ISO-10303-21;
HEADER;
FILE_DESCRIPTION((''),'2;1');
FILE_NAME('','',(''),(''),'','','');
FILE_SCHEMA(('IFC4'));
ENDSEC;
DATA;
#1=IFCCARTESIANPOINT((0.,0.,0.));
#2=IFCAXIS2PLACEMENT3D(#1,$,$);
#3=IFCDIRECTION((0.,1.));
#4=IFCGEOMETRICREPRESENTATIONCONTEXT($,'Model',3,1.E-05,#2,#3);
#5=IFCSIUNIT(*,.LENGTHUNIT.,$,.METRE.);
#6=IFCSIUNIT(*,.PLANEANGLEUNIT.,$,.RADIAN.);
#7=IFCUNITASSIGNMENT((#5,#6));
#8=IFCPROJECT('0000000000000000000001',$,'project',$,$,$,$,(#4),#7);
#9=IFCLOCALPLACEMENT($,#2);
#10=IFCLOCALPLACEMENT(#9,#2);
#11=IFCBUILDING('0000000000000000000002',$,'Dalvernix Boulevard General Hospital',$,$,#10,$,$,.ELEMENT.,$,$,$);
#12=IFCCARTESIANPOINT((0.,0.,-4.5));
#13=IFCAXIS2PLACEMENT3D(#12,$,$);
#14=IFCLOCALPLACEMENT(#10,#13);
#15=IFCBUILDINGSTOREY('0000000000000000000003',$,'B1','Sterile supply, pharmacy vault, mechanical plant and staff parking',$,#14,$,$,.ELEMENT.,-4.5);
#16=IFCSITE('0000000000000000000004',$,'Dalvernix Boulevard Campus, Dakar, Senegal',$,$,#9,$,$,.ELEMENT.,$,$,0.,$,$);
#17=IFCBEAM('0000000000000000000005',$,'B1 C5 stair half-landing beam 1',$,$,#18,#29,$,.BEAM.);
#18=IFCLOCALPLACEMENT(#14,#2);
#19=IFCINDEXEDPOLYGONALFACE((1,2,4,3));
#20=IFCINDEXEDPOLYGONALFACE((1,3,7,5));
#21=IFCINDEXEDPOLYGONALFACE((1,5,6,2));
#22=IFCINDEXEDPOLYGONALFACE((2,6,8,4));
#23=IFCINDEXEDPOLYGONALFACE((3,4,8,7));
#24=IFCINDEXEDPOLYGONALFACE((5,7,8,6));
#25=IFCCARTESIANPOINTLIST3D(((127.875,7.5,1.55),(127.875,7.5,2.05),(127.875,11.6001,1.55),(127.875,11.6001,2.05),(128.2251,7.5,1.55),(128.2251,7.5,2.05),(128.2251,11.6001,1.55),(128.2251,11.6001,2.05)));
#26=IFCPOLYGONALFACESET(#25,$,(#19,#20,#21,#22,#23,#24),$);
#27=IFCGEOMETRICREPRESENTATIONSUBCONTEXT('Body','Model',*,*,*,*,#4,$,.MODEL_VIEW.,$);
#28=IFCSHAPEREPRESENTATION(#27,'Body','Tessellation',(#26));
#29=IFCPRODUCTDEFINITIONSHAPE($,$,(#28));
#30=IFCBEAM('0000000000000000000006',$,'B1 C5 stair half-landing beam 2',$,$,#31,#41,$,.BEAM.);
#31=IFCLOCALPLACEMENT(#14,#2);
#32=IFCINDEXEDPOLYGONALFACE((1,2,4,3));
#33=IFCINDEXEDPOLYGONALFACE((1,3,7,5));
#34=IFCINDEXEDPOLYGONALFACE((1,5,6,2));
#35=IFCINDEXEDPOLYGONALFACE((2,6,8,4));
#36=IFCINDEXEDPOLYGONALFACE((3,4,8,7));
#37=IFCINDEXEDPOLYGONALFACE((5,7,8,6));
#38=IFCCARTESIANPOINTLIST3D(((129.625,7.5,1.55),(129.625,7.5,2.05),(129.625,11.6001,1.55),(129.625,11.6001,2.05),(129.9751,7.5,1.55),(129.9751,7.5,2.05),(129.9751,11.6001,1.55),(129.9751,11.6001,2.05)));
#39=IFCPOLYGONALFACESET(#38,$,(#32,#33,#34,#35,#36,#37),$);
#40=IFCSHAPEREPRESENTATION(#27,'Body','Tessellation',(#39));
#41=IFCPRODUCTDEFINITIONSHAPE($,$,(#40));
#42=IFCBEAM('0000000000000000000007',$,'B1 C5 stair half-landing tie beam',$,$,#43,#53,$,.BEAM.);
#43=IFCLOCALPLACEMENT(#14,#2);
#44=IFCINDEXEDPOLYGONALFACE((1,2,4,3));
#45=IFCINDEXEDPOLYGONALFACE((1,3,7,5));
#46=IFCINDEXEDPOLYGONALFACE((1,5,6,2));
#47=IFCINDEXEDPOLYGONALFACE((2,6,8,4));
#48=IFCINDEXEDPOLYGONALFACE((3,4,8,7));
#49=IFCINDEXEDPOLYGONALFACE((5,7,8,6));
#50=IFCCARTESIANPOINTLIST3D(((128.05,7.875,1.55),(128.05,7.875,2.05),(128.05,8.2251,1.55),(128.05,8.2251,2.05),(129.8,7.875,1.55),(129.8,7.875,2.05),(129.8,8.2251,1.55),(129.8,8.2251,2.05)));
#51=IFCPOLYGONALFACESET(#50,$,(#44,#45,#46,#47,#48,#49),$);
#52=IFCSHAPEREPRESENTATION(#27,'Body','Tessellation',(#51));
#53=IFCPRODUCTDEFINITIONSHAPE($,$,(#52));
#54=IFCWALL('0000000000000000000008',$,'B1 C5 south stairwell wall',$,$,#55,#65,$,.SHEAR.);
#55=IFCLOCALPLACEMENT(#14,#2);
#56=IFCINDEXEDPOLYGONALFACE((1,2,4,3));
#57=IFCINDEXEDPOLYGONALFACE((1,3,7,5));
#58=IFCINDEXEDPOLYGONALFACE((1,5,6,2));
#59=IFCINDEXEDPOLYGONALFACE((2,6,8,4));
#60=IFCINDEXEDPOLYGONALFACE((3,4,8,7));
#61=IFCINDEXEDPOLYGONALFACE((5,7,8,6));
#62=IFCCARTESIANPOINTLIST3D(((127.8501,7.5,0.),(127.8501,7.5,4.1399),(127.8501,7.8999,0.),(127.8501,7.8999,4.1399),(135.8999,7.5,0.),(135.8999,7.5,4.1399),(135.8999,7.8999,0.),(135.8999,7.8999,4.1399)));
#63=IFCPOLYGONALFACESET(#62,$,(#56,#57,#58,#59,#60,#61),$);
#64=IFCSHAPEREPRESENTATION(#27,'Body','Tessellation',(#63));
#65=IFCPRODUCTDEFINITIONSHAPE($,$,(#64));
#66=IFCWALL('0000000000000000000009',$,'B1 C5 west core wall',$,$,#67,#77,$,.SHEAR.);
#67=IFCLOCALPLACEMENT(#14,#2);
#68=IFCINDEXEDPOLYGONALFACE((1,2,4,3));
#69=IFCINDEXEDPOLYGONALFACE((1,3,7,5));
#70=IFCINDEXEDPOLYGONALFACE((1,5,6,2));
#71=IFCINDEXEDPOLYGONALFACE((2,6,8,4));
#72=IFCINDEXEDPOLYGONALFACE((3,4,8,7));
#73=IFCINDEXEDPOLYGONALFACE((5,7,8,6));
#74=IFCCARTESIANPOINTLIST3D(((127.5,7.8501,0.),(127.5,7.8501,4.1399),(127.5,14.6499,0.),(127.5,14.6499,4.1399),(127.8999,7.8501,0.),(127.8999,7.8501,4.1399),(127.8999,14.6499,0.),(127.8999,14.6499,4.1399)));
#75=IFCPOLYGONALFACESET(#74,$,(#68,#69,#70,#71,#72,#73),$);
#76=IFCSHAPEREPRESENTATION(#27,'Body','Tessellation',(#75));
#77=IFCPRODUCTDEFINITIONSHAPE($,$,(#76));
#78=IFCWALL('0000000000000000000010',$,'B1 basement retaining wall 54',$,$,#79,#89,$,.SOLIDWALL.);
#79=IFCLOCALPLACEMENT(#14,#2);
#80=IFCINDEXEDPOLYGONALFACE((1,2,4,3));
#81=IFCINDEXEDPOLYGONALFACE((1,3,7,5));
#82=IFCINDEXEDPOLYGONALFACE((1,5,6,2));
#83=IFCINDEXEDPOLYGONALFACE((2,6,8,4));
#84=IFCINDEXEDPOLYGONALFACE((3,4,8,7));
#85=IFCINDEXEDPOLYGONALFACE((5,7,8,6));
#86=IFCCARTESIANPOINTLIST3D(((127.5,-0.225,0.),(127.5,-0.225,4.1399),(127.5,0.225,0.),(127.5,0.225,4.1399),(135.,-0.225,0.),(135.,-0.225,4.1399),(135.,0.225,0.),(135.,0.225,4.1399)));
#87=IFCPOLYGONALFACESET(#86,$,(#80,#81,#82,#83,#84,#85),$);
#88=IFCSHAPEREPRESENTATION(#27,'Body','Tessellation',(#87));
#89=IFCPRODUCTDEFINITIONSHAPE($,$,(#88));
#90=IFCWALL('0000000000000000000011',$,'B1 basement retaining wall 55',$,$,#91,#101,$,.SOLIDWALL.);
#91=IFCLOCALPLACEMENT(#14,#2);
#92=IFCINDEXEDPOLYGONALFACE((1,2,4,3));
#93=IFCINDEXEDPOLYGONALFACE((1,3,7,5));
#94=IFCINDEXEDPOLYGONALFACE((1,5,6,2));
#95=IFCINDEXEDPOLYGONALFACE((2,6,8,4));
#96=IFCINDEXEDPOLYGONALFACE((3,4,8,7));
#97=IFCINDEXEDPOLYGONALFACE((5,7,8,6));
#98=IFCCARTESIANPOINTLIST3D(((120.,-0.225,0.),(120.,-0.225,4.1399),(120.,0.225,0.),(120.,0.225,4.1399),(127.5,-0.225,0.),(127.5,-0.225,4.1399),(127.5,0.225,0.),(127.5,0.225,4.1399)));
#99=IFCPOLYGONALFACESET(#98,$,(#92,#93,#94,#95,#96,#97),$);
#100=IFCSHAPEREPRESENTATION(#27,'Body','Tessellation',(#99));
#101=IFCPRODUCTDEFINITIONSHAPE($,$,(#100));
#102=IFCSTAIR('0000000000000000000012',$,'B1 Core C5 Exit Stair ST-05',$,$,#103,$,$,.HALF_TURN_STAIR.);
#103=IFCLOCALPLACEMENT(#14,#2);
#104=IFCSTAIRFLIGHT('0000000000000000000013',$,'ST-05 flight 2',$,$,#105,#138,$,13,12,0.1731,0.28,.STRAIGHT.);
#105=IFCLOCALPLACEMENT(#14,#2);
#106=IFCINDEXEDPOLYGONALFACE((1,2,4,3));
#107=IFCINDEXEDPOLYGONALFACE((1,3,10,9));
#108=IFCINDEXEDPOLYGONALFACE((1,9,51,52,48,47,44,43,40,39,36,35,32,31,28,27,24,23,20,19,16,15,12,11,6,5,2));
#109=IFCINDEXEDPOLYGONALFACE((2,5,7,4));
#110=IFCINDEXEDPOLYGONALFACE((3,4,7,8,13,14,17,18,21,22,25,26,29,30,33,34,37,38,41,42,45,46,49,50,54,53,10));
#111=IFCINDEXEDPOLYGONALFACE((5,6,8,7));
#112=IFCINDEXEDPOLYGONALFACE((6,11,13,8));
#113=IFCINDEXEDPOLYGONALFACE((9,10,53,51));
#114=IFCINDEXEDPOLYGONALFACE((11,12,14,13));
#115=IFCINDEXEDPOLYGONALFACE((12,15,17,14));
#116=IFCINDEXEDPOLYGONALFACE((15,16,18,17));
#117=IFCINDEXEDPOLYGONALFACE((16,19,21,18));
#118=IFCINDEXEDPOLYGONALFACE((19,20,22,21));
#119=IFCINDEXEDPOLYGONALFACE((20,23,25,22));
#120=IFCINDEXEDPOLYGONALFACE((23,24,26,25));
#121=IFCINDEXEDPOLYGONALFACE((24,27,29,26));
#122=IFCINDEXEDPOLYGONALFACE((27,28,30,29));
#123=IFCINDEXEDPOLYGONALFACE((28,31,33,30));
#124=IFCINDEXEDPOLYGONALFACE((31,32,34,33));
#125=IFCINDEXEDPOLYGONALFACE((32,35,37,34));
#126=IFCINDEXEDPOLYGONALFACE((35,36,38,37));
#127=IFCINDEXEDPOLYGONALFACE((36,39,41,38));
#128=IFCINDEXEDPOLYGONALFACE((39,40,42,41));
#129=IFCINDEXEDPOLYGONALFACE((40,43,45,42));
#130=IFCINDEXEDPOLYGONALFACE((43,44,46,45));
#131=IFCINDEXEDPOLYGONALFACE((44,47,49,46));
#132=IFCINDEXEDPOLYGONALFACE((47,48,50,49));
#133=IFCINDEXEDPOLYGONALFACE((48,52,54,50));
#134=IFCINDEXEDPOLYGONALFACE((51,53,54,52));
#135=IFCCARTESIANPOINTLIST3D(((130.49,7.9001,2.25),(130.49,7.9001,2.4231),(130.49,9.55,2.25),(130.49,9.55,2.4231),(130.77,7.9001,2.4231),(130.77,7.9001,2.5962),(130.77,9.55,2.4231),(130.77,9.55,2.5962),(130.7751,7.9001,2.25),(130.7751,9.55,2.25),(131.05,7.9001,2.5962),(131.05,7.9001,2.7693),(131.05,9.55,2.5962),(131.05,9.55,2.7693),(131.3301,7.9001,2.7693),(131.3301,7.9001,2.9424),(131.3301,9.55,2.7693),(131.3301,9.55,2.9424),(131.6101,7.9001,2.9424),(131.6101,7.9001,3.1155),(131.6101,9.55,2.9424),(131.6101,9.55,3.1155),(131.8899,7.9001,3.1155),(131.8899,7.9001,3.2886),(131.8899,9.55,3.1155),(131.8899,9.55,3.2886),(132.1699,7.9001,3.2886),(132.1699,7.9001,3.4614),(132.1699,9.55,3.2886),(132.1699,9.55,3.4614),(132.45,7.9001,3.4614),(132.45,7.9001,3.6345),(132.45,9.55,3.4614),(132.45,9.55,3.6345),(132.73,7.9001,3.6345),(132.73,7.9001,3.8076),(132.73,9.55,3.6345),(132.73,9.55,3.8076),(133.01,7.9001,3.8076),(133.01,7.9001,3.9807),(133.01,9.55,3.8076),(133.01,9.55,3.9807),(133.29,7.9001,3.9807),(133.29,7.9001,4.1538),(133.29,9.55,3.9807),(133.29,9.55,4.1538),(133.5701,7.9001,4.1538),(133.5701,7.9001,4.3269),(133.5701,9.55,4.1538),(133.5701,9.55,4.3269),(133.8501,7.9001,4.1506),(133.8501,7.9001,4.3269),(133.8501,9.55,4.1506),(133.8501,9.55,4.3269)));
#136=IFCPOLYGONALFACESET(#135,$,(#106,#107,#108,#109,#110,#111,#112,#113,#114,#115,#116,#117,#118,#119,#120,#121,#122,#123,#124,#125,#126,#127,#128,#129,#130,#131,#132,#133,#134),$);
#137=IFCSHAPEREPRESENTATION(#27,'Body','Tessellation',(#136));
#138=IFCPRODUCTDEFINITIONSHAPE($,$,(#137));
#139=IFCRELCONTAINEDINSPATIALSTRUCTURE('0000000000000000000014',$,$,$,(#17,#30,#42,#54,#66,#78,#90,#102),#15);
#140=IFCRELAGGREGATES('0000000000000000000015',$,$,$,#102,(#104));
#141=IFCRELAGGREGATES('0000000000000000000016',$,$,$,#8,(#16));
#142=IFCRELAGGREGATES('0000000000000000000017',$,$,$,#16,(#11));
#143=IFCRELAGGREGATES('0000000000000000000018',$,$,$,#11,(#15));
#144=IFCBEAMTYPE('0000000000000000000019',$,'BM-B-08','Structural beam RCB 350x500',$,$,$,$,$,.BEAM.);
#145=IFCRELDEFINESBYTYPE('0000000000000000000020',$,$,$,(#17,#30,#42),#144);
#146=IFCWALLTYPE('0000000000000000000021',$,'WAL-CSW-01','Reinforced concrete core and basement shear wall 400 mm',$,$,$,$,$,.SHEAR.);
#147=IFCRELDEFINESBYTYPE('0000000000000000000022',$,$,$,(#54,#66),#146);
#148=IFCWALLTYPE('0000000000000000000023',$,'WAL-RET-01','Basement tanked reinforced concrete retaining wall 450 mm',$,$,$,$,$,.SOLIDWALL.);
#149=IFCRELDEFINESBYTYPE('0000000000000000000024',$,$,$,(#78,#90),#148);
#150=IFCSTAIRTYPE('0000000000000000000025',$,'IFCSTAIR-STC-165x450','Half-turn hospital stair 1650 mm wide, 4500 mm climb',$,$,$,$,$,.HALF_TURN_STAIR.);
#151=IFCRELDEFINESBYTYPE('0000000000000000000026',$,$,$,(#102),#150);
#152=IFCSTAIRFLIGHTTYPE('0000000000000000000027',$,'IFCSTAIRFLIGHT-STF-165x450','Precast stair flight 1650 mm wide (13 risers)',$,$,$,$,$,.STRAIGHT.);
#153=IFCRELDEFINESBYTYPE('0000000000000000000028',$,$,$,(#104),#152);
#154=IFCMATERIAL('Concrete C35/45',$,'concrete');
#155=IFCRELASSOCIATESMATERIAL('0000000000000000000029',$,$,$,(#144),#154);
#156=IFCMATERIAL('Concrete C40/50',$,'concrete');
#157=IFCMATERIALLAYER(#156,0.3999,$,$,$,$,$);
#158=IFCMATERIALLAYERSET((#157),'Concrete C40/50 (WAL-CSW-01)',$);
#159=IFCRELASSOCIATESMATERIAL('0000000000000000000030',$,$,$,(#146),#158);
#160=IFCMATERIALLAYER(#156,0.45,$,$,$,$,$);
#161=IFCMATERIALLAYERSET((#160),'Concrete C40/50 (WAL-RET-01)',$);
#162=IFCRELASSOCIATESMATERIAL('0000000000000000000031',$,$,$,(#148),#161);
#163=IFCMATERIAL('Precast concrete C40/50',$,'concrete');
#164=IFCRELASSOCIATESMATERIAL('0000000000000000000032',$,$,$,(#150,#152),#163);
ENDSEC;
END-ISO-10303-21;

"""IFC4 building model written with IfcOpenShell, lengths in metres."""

from ifc_helpers import new_model, si_unit, direction, frame, frame_2d, origin, origin_2d, place, context, subcontext, project, spatial, polyline, rectangle, outline, extrude, material, layer, layer_set, material_profile, profile_set, type_object, element, aggregate, save


model = new_model("IFC4")

# Units and contexts
model_context = context("Model", 3, precision=1e-05, world=origin(), true_north=direction((0.0, 1.0)))
body_context = subcontext(model_context, "Body", "Model", "MODEL_VIEW")
ifc_project = project(units=[si_unit("LENGTHUNIT", "METRE"), si_unit("PLANEANGLEUNIT", "RADIAN")], contexts=[model_context])

# Site, building, storey
site_placement = place(None, origin())
site = spatial("IfcSite", under=ifc_project, at=site_placement, Name="Dalvernix Boulevard Campus, Dakar, Senegal", CompositionType="ELEMENT", RefElevation=0.0)
building_placement = place(site_placement, origin())
building = spatial("IfcBuilding", under=site, at=building_placement, Name="Dalvernix Boulevard General Hospital", CompositionType="ELEMENT")
storey_placement = place(building_placement, frame((0.0, 0.0, -4.5)))
storey = spatial("IfcBuildingStorey", under=building, at=storey_placement, Name="B1", Description="Sterile supply, pharmacy vault, mechanical plant and staff parking", CompositionType="ELEMENT", Elevation=-4.5)

# Shared definitions
ifc_material_1 = material(Name="Concrete C35/45", Category="concrete")
ifc_material_2 = material(Name="Concrete C40/50", Category="concrete")

# Beams
ifc_material_profile_1 = material_profile(ifc_material_1, rectangle(XDim=0.3501, YDim=0.5, at=origin_2d()), Name="RCB 350x500")
ifc_profile_set_1 = profile_set([ifc_material_profile_1], Name="Concrete C35/45")
beam_type = type_object("IfcBeamType", Name="BM-B-08", Description="Structural beam RCB 350x500", PredefinedType="BEAM", material=ifc_profile_set_1)
for number, where, z_axis, x_axis, name in (
    (1, (128.05, 7.5, 1.8), (0.0, 1.0, 0.0), (-1.0, 0.0, 0.0), "B1 C5 stair half-landing beam 1"),
    (2, (129.8, 7.5, 1.8), (0.0, 1.0, 0.0), (-1.0, 0.0, 0.0), "B1 C5 stair half-landing beam 2"),
):
    element("IfcBeam", number, at=place(storey_placement, frame(where, z_axis=z_axis, x_axis=x_axis)), inside=storey, type_object=beam_type, Name=name, PredefinedType="BEAM", context=body_context, shape_type="SweptSolid", body=[
        extrude(rectangle(XDim=0.3501, YDim=0.5, at=origin_2d()), origin(), (0.0, 0.0, 1.0), 4.1001),
    ])
beam_placement = place(storey_placement, frame((128.05, 8.05, 1.8), z_axis=(1.0, 0.0, 0.0), x_axis=(0.0, 1.0, 0.0)))
element("IfcBeam", 3, at=beam_placement, inside=storey, type_object=beam_type, Name="B1 C5 stair half-landing tie beam", PredefinedType="BEAM", context=body_context, shape_type="SweptSolid", body=[
    extrude(rectangle(XDim=0.3501, YDim=0.5, at=origin_2d()), origin(), (0.0, 0.0, 1.0), 1.75),
])

# Walls
ifc_layer_1 = layer(ifc_material_2, 0.3999)
ifc_layer_set_1 = layer_set([ifc_layer_1], Name="Concrete C40/50 (WAL-CSW-01)")
wall_type_1 = type_object("IfcWallType", Name="WAL-CSW-01", Description="Reinforced concrete core and basement shear wall 400 mm", PredefinedType="SHEAR", material=ifc_layer_set_1)
wall_1_placement = place(storey_placement, frame((127.8501, 7.7, 0.0), z_axis=(0.0, 0.0, 1.0), x_axis=(1.0, 0.0, 0.0)))
element("IfcWall", 4, at=wall_1_placement, inside=storey, type_object=wall_type_1, Name="B1 C5 south stairwell wall", PredefinedType="SHEAR", context=body_context, shape_type="SweptSolid", body=[
    extrude(rectangle(XDim=8.0498, YDim=0.3999, at=frame_2d((4.0249, 0.0))), origin(), (0.0, 0.0, 1.0), 4.1399),
])
wall_2_placement = place(storey_placement, frame((127.7, 7.8501, 0.0), z_axis=(0.0, 0.0, 1.0), x_axis=(0.0, 1.0, 0.0)))
element("IfcWall", 5, at=wall_2_placement, inside=storey, type_object=wall_type_1, Name="B1 C5 west core wall", PredefinedType="SHEAR", context=body_context, shape_type="SweptSolid", body=[
    extrude(rectangle(XDim=6.7998, YDim=0.3999, at=frame_2d((3.3999, 0.0))), origin(), (0.0, 0.0, 1.0), 4.1399),
])
ifc_layer_2 = layer(ifc_material_2, 0.45)
ifc_layer_set_2 = layer_set([ifc_layer_2], Name="Concrete C40/50 (WAL-RET-01)")
wall_type_2 = type_object("IfcWallType", Name="WAL-RET-01", Description="Basement tanked reinforced concrete retaining wall 450 mm", PredefinedType="SOLIDWALL", material=ifc_layer_set_2)
for number, where, z_axis, x_axis, name in (
    (6, (135.0, 0.0, 0.0), (0.0, 0.0, 1.0), (-1.0, 0.0, 0.0), "B1 basement retaining wall 54"),
    (7, (127.5, 0.0, 0.0), (0.0, 0.0, 1.0), (-1.0, 0.0, 0.0), "B1 basement retaining wall 55"),
):
    element("IfcWall", number, at=place(storey_placement, frame(where, z_axis=z_axis, x_axis=x_axis)), inside=storey, type_object=wall_type_2, Name=name, PredefinedType="SOLIDWALL", context=body_context, shape_type="SweptSolid", body=[
        extrude(rectangle(XDim=7.5, YDim=0.45, at=frame_2d((3.75, 0.0))), origin(), (0.0, 0.0, 1.0), 4.1399),
    ])

# Stair, stair flight
ifc_material_3 = material(Name="Precast concrete C40/50", Category="concrete")
stair_type = type_object("IfcStairType", Name="IFCSTAIR-STC-165x450", Description="Half-turn hospital stair 1650 mm wide, 4500 mm climb", PredefinedType="HALF_TURN_STAIR", material=ifc_material_3)
stair_placement = place(storey_placement, origin())
stair = element("IfcStair", 8, at=stair_placement, inside=storey, type_object=stair_type, Name="B1 Core C5 Exit Stair ST-05", PredefinedType="HALF_TURN_STAIR")
stair_flight_type = type_object("IfcStairFlightType", Name="IFCSTAIRFLIGHT-STF-165x450", Description="Precast stair flight 1650 mm wide (13 risers)", PredefinedType="STRAIGHT", material=ifc_material_3)
stair_flight_placement = place(storey_placement, frame((130.49, 8.7251, 2.25), z_axis=(0.0, 0.0, 1.0), x_axis=(1.0, 0.0, 0.0)))
stair_flight = element("IfcStairFlight", 9, at=stair_flight_placement, type_object=stair_flight_type, Name="ST-05 flight 2", NumberOfRisers=13, NumberOfTreads=12, PredefinedType="STRAIGHT", RiserHeight=0.1731, TreadLength=0.28, context=body_context, shape_type="SweptSolid", body=[
    extrude(outline(polyline([(0.0, 0.0), (0.0, 0.1731), (0.28, 0.1731), (0.28, 0.3462), (0.5601, 0.3462), (0.5601, 0.5193), (0.8401, 0.5193), (0.8401, 0.6924), (1.1201, 0.6924), (1.1201, 0.8655), (1.3999, 0.8655), (1.3999, 1.0386), (1.6799, 1.0386), (1.6799, 1.2114), (1.96, 1.2114), (1.96, 1.3845), (2.24, 1.3845), (2.24, 1.5576), (2.52, 1.5576), (2.52, 1.7307), (2.8, 1.7307), (2.8, 1.9038), (3.0801, 1.9038), (3.0801, 2.0769), (3.3601, 2.0769), (3.3601, 2.25), (3.3601, 1.9006), (0.2852, 0.0), (0.0, 0.0)])), frame((0.0, 0.825, 0.0), z_axis=(0.0, -1.0, 0.0), x_axis=(1.0, 0.0, 0.0)), (0.0, 0.0, 1.0), 1.6499),
])
aggregate(stair, [stair_flight])

save(model, "model.ifc")
